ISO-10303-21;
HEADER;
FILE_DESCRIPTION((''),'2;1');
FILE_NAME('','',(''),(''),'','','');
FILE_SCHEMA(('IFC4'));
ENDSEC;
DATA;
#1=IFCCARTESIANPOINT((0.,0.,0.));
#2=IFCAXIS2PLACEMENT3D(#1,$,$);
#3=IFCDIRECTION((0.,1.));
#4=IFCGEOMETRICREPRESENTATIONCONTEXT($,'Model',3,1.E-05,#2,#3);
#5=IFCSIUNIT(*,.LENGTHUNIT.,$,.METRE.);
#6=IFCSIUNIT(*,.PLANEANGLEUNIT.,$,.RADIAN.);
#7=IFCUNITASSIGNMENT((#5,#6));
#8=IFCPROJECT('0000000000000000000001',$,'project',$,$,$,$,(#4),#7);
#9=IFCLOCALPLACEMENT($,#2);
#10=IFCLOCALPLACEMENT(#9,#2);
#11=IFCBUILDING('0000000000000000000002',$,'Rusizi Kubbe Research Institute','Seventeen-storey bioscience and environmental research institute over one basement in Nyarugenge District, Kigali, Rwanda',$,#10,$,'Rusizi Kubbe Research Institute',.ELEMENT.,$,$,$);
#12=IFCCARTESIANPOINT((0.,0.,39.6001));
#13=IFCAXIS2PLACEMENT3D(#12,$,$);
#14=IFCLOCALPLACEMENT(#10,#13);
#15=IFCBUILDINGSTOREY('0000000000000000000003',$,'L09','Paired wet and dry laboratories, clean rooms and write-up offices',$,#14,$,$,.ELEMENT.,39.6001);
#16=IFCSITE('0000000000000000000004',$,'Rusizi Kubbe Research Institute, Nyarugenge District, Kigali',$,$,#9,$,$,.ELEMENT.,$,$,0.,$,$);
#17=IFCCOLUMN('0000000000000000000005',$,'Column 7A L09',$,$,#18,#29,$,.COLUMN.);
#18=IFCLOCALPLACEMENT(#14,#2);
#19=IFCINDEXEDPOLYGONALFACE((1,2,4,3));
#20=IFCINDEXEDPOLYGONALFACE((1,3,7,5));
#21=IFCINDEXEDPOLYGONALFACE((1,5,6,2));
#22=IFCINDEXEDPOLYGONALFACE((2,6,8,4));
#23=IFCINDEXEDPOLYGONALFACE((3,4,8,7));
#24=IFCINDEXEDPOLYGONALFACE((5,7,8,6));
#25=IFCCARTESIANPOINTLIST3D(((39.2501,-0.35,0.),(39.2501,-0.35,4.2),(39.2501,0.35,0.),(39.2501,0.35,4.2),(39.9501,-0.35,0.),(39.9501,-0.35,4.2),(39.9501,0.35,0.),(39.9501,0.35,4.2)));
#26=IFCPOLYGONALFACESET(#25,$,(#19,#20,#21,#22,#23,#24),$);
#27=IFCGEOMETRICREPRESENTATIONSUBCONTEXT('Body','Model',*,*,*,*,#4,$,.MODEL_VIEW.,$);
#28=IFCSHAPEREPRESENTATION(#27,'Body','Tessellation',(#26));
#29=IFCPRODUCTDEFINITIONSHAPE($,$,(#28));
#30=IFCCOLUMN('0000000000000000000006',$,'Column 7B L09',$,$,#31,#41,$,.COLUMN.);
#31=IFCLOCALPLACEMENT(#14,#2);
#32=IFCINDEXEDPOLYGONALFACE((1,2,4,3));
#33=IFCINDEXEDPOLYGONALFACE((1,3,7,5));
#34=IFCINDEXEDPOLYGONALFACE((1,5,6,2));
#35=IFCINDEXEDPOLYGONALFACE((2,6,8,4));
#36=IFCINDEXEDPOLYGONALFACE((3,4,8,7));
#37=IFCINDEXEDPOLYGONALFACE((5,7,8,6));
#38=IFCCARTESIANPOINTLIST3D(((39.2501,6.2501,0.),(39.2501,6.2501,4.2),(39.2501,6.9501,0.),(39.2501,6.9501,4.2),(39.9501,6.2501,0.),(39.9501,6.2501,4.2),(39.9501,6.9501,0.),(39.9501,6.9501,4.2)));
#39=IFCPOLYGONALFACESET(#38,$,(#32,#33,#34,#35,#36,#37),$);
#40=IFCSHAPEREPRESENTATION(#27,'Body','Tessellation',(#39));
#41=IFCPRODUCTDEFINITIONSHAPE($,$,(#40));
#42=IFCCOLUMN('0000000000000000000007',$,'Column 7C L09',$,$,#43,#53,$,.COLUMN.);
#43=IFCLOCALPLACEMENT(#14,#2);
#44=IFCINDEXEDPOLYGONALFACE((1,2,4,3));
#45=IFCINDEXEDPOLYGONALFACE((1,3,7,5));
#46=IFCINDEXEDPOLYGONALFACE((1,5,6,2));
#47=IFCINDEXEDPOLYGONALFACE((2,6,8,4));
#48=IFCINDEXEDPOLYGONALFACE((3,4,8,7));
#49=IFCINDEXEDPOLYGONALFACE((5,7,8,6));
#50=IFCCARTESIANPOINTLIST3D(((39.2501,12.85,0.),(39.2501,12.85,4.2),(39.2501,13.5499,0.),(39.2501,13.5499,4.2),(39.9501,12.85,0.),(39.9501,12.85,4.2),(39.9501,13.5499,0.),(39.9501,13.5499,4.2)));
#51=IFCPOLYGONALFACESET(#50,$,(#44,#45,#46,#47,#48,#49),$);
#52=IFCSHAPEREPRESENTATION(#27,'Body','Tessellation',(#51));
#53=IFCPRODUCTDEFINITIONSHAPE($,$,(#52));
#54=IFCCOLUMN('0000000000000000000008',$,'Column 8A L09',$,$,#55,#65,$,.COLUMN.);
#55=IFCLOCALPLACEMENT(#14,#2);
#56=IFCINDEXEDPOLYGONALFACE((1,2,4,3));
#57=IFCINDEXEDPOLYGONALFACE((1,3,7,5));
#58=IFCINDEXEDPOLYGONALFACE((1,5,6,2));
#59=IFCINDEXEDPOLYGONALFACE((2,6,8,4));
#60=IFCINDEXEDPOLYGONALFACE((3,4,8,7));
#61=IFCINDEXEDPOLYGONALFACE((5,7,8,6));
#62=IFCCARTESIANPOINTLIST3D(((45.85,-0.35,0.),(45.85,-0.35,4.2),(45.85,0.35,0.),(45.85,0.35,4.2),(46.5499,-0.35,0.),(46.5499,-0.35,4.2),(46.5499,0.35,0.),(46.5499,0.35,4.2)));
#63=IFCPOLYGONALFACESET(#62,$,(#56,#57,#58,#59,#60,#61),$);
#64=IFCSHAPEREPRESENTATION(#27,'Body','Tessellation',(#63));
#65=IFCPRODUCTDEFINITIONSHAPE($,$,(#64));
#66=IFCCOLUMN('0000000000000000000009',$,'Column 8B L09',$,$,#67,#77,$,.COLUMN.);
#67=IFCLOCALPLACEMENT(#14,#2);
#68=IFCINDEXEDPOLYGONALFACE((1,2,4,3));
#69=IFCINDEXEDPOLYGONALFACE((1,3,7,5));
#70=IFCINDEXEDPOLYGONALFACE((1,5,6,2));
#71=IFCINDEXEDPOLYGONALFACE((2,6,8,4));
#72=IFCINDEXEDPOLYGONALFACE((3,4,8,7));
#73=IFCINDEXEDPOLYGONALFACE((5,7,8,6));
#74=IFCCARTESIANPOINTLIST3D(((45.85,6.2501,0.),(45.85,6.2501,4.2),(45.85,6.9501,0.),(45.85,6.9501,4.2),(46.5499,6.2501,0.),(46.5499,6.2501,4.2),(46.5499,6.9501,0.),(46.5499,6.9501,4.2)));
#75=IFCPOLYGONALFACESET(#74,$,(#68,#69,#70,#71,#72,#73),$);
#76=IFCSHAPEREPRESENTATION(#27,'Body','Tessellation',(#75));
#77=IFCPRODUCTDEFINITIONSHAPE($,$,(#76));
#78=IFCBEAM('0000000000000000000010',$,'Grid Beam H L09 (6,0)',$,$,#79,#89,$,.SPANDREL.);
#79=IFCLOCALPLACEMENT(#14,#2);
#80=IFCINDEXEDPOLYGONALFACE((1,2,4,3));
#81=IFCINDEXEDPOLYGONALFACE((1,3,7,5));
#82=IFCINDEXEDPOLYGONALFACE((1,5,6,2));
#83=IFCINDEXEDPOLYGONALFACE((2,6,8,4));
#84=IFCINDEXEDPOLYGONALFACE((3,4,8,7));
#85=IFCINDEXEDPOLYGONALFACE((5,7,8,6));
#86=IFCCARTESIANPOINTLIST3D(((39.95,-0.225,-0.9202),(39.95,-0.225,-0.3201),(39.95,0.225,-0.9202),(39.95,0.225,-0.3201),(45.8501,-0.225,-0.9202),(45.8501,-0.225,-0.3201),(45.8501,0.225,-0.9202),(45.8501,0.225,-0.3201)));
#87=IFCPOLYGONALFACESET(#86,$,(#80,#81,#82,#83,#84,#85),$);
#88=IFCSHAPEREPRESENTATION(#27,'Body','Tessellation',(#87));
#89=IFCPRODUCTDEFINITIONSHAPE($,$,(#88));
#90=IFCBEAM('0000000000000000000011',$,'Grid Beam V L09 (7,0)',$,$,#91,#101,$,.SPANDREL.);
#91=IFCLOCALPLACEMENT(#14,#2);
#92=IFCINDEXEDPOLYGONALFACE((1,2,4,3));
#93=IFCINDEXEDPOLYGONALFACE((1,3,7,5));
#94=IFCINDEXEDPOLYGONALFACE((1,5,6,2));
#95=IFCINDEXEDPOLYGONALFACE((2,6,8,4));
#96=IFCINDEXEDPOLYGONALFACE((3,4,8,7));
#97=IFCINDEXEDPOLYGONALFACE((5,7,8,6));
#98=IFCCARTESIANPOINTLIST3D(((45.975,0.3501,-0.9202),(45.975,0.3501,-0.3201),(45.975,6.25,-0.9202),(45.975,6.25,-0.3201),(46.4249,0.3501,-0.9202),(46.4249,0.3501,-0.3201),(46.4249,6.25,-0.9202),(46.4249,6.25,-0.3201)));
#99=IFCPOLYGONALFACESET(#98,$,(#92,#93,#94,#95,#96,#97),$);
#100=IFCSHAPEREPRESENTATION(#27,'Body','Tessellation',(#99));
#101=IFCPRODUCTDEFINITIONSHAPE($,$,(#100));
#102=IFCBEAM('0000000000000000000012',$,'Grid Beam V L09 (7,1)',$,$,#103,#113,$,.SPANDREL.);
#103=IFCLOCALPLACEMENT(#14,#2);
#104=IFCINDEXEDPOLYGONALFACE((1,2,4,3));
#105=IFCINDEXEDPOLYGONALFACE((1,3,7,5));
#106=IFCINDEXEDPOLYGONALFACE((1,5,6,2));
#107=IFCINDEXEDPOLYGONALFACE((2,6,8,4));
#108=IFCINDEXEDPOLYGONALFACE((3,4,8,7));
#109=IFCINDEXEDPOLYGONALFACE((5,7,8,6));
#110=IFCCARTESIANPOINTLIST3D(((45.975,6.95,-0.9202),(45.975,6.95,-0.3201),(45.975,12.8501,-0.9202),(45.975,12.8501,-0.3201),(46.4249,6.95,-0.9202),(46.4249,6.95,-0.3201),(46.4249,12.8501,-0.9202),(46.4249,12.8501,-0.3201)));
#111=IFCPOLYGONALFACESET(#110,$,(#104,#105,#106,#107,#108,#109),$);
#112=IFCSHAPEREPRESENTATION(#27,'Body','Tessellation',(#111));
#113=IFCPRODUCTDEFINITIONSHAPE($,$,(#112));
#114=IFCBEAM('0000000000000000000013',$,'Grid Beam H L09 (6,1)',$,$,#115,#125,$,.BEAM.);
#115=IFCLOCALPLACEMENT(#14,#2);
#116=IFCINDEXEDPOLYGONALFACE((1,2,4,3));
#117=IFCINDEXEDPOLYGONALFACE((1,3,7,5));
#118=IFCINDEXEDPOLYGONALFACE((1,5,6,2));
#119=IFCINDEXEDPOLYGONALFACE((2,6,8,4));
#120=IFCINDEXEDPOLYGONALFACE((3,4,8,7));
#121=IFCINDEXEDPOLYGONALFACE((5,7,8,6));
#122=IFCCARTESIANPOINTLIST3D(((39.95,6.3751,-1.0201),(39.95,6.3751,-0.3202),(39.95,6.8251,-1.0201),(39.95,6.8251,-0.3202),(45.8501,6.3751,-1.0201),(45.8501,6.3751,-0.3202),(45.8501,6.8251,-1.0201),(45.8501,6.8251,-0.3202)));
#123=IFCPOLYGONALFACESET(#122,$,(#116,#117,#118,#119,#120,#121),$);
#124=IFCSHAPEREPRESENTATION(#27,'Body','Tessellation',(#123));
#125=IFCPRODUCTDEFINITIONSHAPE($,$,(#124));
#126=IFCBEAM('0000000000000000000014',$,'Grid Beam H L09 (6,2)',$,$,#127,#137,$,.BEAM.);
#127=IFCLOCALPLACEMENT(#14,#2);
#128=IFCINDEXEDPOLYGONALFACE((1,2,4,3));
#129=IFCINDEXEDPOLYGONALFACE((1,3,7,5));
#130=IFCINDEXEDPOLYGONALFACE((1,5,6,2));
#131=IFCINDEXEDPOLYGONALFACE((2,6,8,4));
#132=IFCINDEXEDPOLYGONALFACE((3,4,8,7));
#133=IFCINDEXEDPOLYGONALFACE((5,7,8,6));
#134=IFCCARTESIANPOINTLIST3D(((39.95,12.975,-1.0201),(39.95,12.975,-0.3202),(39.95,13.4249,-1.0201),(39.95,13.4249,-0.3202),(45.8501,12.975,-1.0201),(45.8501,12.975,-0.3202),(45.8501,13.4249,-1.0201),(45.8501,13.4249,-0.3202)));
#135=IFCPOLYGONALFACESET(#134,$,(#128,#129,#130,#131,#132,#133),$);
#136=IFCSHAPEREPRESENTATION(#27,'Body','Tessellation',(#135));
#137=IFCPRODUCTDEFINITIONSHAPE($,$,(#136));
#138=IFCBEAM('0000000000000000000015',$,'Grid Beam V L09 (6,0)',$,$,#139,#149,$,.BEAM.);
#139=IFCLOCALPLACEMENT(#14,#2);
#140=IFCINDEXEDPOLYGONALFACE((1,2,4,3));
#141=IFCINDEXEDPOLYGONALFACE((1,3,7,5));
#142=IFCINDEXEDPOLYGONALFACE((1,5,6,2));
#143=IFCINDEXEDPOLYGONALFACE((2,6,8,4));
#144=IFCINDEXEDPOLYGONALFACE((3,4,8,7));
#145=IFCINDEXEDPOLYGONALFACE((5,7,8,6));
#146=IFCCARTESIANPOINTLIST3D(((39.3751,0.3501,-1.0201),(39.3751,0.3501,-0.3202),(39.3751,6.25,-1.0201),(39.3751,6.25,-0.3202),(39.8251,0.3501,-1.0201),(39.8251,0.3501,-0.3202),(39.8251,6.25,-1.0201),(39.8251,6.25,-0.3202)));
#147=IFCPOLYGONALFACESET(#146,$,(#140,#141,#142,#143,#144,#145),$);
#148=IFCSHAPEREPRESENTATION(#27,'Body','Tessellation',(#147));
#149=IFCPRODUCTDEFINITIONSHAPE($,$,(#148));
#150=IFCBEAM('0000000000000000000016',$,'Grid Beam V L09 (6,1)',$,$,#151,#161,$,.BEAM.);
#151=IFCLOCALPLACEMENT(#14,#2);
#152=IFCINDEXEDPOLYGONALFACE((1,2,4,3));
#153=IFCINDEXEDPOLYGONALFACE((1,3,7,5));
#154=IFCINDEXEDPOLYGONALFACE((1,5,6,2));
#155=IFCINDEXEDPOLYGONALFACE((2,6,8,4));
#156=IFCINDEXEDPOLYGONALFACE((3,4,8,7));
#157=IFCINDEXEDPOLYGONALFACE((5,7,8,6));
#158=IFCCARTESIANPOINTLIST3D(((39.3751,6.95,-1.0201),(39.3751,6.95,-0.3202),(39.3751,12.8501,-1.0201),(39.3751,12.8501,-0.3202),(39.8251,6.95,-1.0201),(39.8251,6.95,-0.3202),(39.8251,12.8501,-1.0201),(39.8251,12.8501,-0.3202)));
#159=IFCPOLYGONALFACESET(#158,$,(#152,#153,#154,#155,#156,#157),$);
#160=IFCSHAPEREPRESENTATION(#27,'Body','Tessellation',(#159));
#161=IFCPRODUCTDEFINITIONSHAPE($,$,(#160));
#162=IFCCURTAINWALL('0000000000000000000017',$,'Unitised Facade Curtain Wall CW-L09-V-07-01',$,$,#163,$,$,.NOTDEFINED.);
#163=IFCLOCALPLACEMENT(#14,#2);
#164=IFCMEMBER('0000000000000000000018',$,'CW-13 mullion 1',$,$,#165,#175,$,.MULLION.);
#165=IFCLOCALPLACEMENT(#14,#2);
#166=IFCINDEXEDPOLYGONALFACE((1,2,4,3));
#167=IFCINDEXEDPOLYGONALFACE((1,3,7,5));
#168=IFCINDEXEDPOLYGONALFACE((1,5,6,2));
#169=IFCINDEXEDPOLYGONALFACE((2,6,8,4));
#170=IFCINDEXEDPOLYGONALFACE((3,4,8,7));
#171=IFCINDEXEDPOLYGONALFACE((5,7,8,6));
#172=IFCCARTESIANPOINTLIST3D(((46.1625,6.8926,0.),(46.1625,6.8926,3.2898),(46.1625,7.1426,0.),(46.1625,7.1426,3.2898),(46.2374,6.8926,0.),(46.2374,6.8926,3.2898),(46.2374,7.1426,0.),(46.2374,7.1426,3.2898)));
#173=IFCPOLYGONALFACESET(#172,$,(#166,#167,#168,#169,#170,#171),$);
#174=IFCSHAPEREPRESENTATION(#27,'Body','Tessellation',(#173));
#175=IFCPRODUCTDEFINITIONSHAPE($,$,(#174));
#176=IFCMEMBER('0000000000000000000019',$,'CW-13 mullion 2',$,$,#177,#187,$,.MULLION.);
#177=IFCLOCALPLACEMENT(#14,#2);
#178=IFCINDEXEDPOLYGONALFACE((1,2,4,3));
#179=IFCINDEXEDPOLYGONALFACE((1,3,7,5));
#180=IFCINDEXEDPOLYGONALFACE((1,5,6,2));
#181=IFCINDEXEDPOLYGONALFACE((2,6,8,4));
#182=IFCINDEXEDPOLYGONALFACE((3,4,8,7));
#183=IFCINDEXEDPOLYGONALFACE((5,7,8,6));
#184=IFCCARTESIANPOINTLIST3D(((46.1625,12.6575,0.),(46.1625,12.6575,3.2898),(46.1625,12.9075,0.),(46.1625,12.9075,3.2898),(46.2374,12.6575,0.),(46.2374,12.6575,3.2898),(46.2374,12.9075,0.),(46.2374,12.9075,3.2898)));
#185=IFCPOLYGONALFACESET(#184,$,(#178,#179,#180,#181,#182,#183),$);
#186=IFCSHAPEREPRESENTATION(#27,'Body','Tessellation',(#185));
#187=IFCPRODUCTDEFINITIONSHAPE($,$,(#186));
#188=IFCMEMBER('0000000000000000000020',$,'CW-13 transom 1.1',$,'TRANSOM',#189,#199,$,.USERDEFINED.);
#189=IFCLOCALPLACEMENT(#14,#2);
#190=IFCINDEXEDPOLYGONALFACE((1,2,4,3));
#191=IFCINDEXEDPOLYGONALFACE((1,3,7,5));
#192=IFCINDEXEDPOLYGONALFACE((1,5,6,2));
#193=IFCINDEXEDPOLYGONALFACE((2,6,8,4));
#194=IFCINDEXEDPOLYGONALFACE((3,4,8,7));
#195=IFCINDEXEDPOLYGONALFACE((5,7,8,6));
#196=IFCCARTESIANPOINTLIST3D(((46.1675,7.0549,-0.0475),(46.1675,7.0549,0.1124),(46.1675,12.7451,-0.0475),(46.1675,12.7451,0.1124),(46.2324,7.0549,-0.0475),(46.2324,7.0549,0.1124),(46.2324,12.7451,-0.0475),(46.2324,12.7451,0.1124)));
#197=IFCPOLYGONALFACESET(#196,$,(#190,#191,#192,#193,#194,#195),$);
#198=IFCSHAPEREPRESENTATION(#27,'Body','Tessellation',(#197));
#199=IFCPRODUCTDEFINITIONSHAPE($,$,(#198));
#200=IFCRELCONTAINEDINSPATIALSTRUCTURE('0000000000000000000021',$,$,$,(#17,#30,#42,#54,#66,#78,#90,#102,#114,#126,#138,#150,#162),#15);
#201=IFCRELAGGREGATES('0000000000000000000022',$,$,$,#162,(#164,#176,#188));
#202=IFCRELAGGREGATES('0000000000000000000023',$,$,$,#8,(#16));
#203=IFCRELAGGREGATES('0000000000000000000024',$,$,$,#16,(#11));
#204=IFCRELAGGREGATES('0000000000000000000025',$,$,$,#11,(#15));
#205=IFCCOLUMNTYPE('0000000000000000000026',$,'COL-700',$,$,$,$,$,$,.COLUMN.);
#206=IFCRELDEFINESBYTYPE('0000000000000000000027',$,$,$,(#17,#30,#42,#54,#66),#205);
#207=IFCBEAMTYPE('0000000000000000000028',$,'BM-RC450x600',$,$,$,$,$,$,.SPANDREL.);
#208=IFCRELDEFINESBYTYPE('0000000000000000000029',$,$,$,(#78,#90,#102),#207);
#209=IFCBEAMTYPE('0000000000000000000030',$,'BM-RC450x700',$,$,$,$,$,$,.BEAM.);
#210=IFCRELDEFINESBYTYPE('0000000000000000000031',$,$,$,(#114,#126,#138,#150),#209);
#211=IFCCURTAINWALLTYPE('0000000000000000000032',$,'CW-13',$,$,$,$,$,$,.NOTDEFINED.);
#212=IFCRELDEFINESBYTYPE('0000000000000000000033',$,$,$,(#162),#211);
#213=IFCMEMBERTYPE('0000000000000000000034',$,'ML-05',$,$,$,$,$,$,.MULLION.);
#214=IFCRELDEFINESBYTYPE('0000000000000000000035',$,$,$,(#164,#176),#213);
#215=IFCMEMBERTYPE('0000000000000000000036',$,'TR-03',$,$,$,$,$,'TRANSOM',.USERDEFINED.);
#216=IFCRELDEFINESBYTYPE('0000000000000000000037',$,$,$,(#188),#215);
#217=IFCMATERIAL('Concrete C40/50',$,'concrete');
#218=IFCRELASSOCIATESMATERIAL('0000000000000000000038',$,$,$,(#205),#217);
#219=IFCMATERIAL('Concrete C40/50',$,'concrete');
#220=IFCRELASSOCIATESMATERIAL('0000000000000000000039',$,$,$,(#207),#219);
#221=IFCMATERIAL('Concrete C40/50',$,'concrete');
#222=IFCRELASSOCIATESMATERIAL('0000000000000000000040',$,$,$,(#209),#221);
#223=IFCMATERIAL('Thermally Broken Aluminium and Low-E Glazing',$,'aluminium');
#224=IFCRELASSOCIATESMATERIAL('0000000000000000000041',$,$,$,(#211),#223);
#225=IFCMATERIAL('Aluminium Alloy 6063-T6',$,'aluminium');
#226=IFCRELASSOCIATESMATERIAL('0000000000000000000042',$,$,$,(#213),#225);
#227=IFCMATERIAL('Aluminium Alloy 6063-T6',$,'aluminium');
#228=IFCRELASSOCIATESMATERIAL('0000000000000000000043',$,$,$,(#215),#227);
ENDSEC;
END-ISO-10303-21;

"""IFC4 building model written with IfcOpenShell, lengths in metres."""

from ifc_helpers import new_model, si_unit, direction, frame, origin, origin_2d, place, context, subcontext, project, spatial, rectangle, extrude, material, material_profile, profile_set, type_object, element, aggregate, save


model = new_model("IFC4")

# Units and contexts
model_context = context("Model", 3, precision=1e-05, world=origin(), true_north=direction((0.0, 1.0)))
body_context = subcontext(model_context, "Body", "Model", "MODEL_VIEW")
ifc_project = project(units=[si_unit("LENGTHUNIT", "METRE"), si_unit("PLANEANGLEUNIT", "RADIAN")], contexts=[model_context])

# Site, building, storey
site_placement = place(None, origin())
site = spatial("IfcSite", under=ifc_project, at=site_placement, Name="Rusizi Kubbe Research Institute, Nyarugenge District, Kigali", CompositionType="ELEMENT", RefElevation=0.0)
building_placement = place(site_placement, origin())
building = spatial("IfcBuilding", under=site, at=building_placement, Name="Rusizi Kubbe Research Institute", Description="Seventeen-storey bioscience and environmental research institute over one basement in Nyarugenge District, Kigali, Rwanda", LongName="Rusizi Kubbe Research Institute", CompositionType="ELEMENT")
storey_placement = place(building_placement, frame((0.0, 0.0, 39.6001)))
storey = spatial("IfcBuildingStorey", under=building, at=storey_placement, Name="L09", Description="Paired wet and dry laboratories, clean rooms and write-up offices", CompositionType="ELEMENT", Elevation=39.6001)

# Columns
ifc_material_1 = material(Name="Concrete C40/50", Category="concrete")
ifc_material_profile_1 = material_profile(ifc_material_1, rectangle(XDim=0.7, YDim=0.7, at=origin_2d()), Name="RC700x700")
ifc_profile_set_1 = profile_set([ifc_material_profile_1], Name="Concrete C40/50")
column_type = type_object("IfcColumnType", Name="COL-700", PredefinedType="COLUMN", material=ifc_profile_set_1)
for number, where, z_axis, x_axis, name in (
    (1, (39.6001, 0.0, 0.0), (0.0, 0.0, 1.0), (1.0, 0.0, 0.0), "Column 7A L09"),
    (2, (39.6001, 6.6001, 0.0), (0.0, 0.0, 1.0), (1.0, 0.0, 0.0), "Column 7B L09"),
    (3, (39.6001, 13.2, 0.0), (0.0, 0.0, 1.0), (1.0, 0.0, 0.0), "Column 7C L09"),
    (4, (46.2, 0.0, 0.0), (0.0, 0.0, 1.0), (1.0, 0.0, 0.0), "Column 8A L09"),
    (5, (46.2, 6.6001, 0.0), (0.0, 0.0, 1.0), (1.0, 0.0, 0.0), "Column 8B L09"),
):
    element("IfcColumn", number, at=place(storey_placement, frame(where, z_axis=z_axis, x_axis=x_axis)), inside=storey, type_object=column_type, Name=name, PredefinedType="COLUMN", context=body_context, shape_type="SweptSolid", body=[
        extrude(rectangle(XDim=0.7, YDim=0.7, at=origin_2d()), origin(), (0.0, 0.0, 1.0), 4.2),
    ])

# Beams
ifc_material_2 = material(Name="Concrete C40/50", Category="concrete")
ifc_material_profile_2 = material_profile(ifc_material_2, rectangle(XDim=0.45, YDim=0.6001, at=origin_2d()), Name="RC450x600")
ifc_profile_set_2 = profile_set([ifc_material_profile_2], Name="Concrete C40/50")
beam_type_1 = type_object("IfcBeamType", Name="BM-RC450x600", PredefinedType="SPANDREL", material=ifc_profile_set_2)
beam_1_placement = place(storey_placement, frame((39.95, 0.0, -0.6201), z_axis=(1.0, 0.0, 0.0), x_axis=(0.0, 1.0, 0.0)))
element("IfcBeam", 6, at=beam_1_placement, inside=storey, type_object=beam_type_1, Name="Grid Beam H L09 (6,0)", PredefinedType="SPANDREL", context=body_context, shape_type="SweptSolid", body=[
    extrude(rectangle(XDim=0.45, YDim=0.6001, at=origin_2d()), origin(), (0.0, 0.0, 1.0), 5.9001),
])
beam_2_placement = place(storey_placement, frame((46.2, 0.3501, -0.6201), z_axis=(0.0, 1.0, 0.0), x_axis=(-1.0, 0.0, 0.0)))
element("IfcBeam", 7, at=beam_2_placement, inside=storey, type_object=beam_type_1, Name="Grid Beam V L09 (7,0)", PredefinedType="SPANDREL", context=body_context, shape_type="SweptSolid", body=[
    extrude(rectangle(XDim=0.45, YDim=0.6001, at=origin_2d()), origin(), (0.0, 0.0, 1.0), 5.8999),
])
beam_3_placement = place(storey_placement, frame((46.2, 6.95, -0.6201), z_axis=(0.0, 1.0, 0.0), x_axis=(-1.0, 0.0, 0.0)))
element("IfcBeam", 8, at=beam_3_placement, inside=storey, type_object=beam_type_1, Name="Grid Beam V L09 (7,1)", PredefinedType="SPANDREL", context=body_context, shape_type="SweptSolid", body=[
    extrude(rectangle(XDim=0.45, YDim=0.6001, at=origin_2d()), origin(), (0.0, 0.0, 1.0), 5.9001),
])
ifc_material_3 = material(Name="Concrete C40/50", Category="concrete")
ifc_material_profile_3 = material_profile(ifc_material_3, rectangle(XDim=0.45, YDim=0.7, at=origin_2d()), Name="RC450x700B")
ifc_profile_set_3 = profile_set([ifc_material_profile_3], Name="Concrete C40/50")
beam_type_2 = type_object("IfcBeamType", Name="BM-RC450x700", PredefinedType="BEAM", material=ifc_profile_set_3)
for number, where, z_axis, x_axis, name in (
    (9, (39.95, 6.6001, -0.6702), (1.0, 0.0, 0.0), (0.0, 1.0, 0.0), "Grid Beam H L09 (6,1)"),
    (10, (39.95, 13.2, -0.6702), (1.0, 0.0, 0.0), (0.0, 1.0, 0.0), "Grid Beam H L09 (6,2)"),
):
    element("IfcBeam", number, at=place(storey_placement, frame(where, z_axis=z_axis, x_axis=x_axis)), inside=storey, type_object=beam_type_2, Name=name, PredefinedType="BEAM", context=body_context, shape_type="SweptSolid", body=[
        extrude(rectangle(XDim=0.45, YDim=0.7, at=origin_2d()), origin(), (0.0, 0.0, 1.0), 5.9001),
    ])
beam_4_placement = place(storey_placement, frame((39.6001, 0.3501, -0.6702), z_axis=(0.0, 1.0, 0.0), x_axis=(-1.0, 0.0, 0.0)))
element("IfcBeam", 11, at=beam_4_placement, inside=storey, type_object=beam_type_2, Name="Grid Beam V L09 (6,0)", PredefinedType="BEAM", context=body_context, shape_type="SweptSolid", body=[
    extrude(rectangle(XDim=0.45, YDim=0.7, at=origin_2d()), origin(), (0.0, 0.0, 1.0), 5.8999),
])
beam_5_placement = place(storey_placement, frame((39.6001, 6.95, -0.6702), z_axis=(0.0, 1.0, 0.0), x_axis=(-1.0, 0.0, 0.0)))
element("IfcBeam", 12, at=beam_5_placement, inside=storey, type_object=beam_type_2, Name="Grid Beam V L09 (6,1)", PredefinedType="BEAM", context=body_context, shape_type="SweptSolid", body=[
    extrude(rectangle(XDim=0.45, YDim=0.7, at=origin_2d()), origin(), (0.0, 0.0, 1.0), 5.9001),
])

# Curtain wall, members
ifc_material_4 = material(Name="Thermally Broken Aluminium and Low-E Glazing", Category="aluminium")
curtain_wall_type = type_object("IfcCurtainWallType", Name="CW-13", PredefinedType="NOTDEFINED", material=ifc_material_4)
curtain_wall_placement = place(storey_placement, origin())
curtain_wall = element("IfcCurtainWall", 13, at=curtain_wall_placement, inside=storey, type_object=curtain_wall_type, Name="Unitised Facade Curtain Wall CW-L09-V-07-01", PredefinedType="NOTDEFINED")
ifc_material_5 = material(Name="Aluminium Alloy 6063-T6", Category="aluminium")
ifc_material_profile_4 = material_profile(ifc_material_5, rectangle(XDim=0.075, YDim=0.25, at=origin_2d()), Name="ALU-M 75x250")
ifc_profile_set_4 = profile_set([ifc_material_profile_4], Name="Aluminium Alloy 6063-T6")
member_type_1 = type_object("IfcMemberType", Name="ML-05", PredefinedType="MULLION", material=ifc_profile_set_4)
member_1_placement = place(storey_placement, frame((46.2, 7.0176, 0.0), z_axis=(0.0, 0.0, 1.0), x_axis=(-1.0, 0.0, 0.0)))
member_1 = element("IfcMember", 14, at=member_1_placement, type_object=member_type_1, Name="CW-13 mullion 1", PredefinedType="MULLION", context=body_context, shape_type="SweptSolid", body=[
    extrude(rectangle(XDim=0.075, YDim=0.25, at=origin_2d()), origin(), (0.0, 0.0, 1.0), 3.2898),
])
member_2_placement = place(storey_placement, frame((46.2, 12.7825, 0.0), z_axis=(0.0, 0.0, 1.0), x_axis=(-1.0, 0.0, 0.0)))
member_2 = element("IfcMember", 15, at=member_2_placement, type_object=member_type_1, Name="CW-13 mullion 2", PredefinedType="MULLION", context=body_context, shape_type="SweptSolid", body=[
    extrude(rectangle(XDim=0.075, YDim=0.25, at=origin_2d()), origin(), (0.0, 0.0, 1.0), 3.2898),
])
ifc_material_6 = material(Name="Aluminium Alloy 6063-T6", Category="aluminium")
ifc_material_profile_5 = material_profile(ifc_material_6, rectangle(XDim=0.0649, YDim=0.1599, at=origin_2d()), Name="ALU-T 65x160")
ifc_profile_set_5 = profile_set([ifc_material_profile_5], Name="Aluminium Alloy 6063-T6")
member_type_2 = type_object("IfcMemberType", Name="TR-03", ElementType="TRANSOM", PredefinedType="USERDEFINED", material=ifc_profile_set_5)
member_3_placement = place(storey_placement, frame((46.2, 7.0549, 0.0325), z_axis=(0.0, 1.0, 0.0), x_axis=(-1.0, 0.0, 0.0)))
member_3 = element("IfcMember", 16, at=member_3_placement, type_object=member_type_2, Name="CW-13 transom 1.1", ObjectType="TRANSOM", PredefinedType="USERDEFINED", context=body_context, shape_type="SweptSolid", body=[
    extrude(rectangle(XDim=0.0649, YDim=0.1599, at=origin_2d()), origin(), (0.0, 0.0, 1.0), 5.6902),
])
aggregate(curtain_wall, [member_1, member_2, member_3])

save(model, "model.ifc")
